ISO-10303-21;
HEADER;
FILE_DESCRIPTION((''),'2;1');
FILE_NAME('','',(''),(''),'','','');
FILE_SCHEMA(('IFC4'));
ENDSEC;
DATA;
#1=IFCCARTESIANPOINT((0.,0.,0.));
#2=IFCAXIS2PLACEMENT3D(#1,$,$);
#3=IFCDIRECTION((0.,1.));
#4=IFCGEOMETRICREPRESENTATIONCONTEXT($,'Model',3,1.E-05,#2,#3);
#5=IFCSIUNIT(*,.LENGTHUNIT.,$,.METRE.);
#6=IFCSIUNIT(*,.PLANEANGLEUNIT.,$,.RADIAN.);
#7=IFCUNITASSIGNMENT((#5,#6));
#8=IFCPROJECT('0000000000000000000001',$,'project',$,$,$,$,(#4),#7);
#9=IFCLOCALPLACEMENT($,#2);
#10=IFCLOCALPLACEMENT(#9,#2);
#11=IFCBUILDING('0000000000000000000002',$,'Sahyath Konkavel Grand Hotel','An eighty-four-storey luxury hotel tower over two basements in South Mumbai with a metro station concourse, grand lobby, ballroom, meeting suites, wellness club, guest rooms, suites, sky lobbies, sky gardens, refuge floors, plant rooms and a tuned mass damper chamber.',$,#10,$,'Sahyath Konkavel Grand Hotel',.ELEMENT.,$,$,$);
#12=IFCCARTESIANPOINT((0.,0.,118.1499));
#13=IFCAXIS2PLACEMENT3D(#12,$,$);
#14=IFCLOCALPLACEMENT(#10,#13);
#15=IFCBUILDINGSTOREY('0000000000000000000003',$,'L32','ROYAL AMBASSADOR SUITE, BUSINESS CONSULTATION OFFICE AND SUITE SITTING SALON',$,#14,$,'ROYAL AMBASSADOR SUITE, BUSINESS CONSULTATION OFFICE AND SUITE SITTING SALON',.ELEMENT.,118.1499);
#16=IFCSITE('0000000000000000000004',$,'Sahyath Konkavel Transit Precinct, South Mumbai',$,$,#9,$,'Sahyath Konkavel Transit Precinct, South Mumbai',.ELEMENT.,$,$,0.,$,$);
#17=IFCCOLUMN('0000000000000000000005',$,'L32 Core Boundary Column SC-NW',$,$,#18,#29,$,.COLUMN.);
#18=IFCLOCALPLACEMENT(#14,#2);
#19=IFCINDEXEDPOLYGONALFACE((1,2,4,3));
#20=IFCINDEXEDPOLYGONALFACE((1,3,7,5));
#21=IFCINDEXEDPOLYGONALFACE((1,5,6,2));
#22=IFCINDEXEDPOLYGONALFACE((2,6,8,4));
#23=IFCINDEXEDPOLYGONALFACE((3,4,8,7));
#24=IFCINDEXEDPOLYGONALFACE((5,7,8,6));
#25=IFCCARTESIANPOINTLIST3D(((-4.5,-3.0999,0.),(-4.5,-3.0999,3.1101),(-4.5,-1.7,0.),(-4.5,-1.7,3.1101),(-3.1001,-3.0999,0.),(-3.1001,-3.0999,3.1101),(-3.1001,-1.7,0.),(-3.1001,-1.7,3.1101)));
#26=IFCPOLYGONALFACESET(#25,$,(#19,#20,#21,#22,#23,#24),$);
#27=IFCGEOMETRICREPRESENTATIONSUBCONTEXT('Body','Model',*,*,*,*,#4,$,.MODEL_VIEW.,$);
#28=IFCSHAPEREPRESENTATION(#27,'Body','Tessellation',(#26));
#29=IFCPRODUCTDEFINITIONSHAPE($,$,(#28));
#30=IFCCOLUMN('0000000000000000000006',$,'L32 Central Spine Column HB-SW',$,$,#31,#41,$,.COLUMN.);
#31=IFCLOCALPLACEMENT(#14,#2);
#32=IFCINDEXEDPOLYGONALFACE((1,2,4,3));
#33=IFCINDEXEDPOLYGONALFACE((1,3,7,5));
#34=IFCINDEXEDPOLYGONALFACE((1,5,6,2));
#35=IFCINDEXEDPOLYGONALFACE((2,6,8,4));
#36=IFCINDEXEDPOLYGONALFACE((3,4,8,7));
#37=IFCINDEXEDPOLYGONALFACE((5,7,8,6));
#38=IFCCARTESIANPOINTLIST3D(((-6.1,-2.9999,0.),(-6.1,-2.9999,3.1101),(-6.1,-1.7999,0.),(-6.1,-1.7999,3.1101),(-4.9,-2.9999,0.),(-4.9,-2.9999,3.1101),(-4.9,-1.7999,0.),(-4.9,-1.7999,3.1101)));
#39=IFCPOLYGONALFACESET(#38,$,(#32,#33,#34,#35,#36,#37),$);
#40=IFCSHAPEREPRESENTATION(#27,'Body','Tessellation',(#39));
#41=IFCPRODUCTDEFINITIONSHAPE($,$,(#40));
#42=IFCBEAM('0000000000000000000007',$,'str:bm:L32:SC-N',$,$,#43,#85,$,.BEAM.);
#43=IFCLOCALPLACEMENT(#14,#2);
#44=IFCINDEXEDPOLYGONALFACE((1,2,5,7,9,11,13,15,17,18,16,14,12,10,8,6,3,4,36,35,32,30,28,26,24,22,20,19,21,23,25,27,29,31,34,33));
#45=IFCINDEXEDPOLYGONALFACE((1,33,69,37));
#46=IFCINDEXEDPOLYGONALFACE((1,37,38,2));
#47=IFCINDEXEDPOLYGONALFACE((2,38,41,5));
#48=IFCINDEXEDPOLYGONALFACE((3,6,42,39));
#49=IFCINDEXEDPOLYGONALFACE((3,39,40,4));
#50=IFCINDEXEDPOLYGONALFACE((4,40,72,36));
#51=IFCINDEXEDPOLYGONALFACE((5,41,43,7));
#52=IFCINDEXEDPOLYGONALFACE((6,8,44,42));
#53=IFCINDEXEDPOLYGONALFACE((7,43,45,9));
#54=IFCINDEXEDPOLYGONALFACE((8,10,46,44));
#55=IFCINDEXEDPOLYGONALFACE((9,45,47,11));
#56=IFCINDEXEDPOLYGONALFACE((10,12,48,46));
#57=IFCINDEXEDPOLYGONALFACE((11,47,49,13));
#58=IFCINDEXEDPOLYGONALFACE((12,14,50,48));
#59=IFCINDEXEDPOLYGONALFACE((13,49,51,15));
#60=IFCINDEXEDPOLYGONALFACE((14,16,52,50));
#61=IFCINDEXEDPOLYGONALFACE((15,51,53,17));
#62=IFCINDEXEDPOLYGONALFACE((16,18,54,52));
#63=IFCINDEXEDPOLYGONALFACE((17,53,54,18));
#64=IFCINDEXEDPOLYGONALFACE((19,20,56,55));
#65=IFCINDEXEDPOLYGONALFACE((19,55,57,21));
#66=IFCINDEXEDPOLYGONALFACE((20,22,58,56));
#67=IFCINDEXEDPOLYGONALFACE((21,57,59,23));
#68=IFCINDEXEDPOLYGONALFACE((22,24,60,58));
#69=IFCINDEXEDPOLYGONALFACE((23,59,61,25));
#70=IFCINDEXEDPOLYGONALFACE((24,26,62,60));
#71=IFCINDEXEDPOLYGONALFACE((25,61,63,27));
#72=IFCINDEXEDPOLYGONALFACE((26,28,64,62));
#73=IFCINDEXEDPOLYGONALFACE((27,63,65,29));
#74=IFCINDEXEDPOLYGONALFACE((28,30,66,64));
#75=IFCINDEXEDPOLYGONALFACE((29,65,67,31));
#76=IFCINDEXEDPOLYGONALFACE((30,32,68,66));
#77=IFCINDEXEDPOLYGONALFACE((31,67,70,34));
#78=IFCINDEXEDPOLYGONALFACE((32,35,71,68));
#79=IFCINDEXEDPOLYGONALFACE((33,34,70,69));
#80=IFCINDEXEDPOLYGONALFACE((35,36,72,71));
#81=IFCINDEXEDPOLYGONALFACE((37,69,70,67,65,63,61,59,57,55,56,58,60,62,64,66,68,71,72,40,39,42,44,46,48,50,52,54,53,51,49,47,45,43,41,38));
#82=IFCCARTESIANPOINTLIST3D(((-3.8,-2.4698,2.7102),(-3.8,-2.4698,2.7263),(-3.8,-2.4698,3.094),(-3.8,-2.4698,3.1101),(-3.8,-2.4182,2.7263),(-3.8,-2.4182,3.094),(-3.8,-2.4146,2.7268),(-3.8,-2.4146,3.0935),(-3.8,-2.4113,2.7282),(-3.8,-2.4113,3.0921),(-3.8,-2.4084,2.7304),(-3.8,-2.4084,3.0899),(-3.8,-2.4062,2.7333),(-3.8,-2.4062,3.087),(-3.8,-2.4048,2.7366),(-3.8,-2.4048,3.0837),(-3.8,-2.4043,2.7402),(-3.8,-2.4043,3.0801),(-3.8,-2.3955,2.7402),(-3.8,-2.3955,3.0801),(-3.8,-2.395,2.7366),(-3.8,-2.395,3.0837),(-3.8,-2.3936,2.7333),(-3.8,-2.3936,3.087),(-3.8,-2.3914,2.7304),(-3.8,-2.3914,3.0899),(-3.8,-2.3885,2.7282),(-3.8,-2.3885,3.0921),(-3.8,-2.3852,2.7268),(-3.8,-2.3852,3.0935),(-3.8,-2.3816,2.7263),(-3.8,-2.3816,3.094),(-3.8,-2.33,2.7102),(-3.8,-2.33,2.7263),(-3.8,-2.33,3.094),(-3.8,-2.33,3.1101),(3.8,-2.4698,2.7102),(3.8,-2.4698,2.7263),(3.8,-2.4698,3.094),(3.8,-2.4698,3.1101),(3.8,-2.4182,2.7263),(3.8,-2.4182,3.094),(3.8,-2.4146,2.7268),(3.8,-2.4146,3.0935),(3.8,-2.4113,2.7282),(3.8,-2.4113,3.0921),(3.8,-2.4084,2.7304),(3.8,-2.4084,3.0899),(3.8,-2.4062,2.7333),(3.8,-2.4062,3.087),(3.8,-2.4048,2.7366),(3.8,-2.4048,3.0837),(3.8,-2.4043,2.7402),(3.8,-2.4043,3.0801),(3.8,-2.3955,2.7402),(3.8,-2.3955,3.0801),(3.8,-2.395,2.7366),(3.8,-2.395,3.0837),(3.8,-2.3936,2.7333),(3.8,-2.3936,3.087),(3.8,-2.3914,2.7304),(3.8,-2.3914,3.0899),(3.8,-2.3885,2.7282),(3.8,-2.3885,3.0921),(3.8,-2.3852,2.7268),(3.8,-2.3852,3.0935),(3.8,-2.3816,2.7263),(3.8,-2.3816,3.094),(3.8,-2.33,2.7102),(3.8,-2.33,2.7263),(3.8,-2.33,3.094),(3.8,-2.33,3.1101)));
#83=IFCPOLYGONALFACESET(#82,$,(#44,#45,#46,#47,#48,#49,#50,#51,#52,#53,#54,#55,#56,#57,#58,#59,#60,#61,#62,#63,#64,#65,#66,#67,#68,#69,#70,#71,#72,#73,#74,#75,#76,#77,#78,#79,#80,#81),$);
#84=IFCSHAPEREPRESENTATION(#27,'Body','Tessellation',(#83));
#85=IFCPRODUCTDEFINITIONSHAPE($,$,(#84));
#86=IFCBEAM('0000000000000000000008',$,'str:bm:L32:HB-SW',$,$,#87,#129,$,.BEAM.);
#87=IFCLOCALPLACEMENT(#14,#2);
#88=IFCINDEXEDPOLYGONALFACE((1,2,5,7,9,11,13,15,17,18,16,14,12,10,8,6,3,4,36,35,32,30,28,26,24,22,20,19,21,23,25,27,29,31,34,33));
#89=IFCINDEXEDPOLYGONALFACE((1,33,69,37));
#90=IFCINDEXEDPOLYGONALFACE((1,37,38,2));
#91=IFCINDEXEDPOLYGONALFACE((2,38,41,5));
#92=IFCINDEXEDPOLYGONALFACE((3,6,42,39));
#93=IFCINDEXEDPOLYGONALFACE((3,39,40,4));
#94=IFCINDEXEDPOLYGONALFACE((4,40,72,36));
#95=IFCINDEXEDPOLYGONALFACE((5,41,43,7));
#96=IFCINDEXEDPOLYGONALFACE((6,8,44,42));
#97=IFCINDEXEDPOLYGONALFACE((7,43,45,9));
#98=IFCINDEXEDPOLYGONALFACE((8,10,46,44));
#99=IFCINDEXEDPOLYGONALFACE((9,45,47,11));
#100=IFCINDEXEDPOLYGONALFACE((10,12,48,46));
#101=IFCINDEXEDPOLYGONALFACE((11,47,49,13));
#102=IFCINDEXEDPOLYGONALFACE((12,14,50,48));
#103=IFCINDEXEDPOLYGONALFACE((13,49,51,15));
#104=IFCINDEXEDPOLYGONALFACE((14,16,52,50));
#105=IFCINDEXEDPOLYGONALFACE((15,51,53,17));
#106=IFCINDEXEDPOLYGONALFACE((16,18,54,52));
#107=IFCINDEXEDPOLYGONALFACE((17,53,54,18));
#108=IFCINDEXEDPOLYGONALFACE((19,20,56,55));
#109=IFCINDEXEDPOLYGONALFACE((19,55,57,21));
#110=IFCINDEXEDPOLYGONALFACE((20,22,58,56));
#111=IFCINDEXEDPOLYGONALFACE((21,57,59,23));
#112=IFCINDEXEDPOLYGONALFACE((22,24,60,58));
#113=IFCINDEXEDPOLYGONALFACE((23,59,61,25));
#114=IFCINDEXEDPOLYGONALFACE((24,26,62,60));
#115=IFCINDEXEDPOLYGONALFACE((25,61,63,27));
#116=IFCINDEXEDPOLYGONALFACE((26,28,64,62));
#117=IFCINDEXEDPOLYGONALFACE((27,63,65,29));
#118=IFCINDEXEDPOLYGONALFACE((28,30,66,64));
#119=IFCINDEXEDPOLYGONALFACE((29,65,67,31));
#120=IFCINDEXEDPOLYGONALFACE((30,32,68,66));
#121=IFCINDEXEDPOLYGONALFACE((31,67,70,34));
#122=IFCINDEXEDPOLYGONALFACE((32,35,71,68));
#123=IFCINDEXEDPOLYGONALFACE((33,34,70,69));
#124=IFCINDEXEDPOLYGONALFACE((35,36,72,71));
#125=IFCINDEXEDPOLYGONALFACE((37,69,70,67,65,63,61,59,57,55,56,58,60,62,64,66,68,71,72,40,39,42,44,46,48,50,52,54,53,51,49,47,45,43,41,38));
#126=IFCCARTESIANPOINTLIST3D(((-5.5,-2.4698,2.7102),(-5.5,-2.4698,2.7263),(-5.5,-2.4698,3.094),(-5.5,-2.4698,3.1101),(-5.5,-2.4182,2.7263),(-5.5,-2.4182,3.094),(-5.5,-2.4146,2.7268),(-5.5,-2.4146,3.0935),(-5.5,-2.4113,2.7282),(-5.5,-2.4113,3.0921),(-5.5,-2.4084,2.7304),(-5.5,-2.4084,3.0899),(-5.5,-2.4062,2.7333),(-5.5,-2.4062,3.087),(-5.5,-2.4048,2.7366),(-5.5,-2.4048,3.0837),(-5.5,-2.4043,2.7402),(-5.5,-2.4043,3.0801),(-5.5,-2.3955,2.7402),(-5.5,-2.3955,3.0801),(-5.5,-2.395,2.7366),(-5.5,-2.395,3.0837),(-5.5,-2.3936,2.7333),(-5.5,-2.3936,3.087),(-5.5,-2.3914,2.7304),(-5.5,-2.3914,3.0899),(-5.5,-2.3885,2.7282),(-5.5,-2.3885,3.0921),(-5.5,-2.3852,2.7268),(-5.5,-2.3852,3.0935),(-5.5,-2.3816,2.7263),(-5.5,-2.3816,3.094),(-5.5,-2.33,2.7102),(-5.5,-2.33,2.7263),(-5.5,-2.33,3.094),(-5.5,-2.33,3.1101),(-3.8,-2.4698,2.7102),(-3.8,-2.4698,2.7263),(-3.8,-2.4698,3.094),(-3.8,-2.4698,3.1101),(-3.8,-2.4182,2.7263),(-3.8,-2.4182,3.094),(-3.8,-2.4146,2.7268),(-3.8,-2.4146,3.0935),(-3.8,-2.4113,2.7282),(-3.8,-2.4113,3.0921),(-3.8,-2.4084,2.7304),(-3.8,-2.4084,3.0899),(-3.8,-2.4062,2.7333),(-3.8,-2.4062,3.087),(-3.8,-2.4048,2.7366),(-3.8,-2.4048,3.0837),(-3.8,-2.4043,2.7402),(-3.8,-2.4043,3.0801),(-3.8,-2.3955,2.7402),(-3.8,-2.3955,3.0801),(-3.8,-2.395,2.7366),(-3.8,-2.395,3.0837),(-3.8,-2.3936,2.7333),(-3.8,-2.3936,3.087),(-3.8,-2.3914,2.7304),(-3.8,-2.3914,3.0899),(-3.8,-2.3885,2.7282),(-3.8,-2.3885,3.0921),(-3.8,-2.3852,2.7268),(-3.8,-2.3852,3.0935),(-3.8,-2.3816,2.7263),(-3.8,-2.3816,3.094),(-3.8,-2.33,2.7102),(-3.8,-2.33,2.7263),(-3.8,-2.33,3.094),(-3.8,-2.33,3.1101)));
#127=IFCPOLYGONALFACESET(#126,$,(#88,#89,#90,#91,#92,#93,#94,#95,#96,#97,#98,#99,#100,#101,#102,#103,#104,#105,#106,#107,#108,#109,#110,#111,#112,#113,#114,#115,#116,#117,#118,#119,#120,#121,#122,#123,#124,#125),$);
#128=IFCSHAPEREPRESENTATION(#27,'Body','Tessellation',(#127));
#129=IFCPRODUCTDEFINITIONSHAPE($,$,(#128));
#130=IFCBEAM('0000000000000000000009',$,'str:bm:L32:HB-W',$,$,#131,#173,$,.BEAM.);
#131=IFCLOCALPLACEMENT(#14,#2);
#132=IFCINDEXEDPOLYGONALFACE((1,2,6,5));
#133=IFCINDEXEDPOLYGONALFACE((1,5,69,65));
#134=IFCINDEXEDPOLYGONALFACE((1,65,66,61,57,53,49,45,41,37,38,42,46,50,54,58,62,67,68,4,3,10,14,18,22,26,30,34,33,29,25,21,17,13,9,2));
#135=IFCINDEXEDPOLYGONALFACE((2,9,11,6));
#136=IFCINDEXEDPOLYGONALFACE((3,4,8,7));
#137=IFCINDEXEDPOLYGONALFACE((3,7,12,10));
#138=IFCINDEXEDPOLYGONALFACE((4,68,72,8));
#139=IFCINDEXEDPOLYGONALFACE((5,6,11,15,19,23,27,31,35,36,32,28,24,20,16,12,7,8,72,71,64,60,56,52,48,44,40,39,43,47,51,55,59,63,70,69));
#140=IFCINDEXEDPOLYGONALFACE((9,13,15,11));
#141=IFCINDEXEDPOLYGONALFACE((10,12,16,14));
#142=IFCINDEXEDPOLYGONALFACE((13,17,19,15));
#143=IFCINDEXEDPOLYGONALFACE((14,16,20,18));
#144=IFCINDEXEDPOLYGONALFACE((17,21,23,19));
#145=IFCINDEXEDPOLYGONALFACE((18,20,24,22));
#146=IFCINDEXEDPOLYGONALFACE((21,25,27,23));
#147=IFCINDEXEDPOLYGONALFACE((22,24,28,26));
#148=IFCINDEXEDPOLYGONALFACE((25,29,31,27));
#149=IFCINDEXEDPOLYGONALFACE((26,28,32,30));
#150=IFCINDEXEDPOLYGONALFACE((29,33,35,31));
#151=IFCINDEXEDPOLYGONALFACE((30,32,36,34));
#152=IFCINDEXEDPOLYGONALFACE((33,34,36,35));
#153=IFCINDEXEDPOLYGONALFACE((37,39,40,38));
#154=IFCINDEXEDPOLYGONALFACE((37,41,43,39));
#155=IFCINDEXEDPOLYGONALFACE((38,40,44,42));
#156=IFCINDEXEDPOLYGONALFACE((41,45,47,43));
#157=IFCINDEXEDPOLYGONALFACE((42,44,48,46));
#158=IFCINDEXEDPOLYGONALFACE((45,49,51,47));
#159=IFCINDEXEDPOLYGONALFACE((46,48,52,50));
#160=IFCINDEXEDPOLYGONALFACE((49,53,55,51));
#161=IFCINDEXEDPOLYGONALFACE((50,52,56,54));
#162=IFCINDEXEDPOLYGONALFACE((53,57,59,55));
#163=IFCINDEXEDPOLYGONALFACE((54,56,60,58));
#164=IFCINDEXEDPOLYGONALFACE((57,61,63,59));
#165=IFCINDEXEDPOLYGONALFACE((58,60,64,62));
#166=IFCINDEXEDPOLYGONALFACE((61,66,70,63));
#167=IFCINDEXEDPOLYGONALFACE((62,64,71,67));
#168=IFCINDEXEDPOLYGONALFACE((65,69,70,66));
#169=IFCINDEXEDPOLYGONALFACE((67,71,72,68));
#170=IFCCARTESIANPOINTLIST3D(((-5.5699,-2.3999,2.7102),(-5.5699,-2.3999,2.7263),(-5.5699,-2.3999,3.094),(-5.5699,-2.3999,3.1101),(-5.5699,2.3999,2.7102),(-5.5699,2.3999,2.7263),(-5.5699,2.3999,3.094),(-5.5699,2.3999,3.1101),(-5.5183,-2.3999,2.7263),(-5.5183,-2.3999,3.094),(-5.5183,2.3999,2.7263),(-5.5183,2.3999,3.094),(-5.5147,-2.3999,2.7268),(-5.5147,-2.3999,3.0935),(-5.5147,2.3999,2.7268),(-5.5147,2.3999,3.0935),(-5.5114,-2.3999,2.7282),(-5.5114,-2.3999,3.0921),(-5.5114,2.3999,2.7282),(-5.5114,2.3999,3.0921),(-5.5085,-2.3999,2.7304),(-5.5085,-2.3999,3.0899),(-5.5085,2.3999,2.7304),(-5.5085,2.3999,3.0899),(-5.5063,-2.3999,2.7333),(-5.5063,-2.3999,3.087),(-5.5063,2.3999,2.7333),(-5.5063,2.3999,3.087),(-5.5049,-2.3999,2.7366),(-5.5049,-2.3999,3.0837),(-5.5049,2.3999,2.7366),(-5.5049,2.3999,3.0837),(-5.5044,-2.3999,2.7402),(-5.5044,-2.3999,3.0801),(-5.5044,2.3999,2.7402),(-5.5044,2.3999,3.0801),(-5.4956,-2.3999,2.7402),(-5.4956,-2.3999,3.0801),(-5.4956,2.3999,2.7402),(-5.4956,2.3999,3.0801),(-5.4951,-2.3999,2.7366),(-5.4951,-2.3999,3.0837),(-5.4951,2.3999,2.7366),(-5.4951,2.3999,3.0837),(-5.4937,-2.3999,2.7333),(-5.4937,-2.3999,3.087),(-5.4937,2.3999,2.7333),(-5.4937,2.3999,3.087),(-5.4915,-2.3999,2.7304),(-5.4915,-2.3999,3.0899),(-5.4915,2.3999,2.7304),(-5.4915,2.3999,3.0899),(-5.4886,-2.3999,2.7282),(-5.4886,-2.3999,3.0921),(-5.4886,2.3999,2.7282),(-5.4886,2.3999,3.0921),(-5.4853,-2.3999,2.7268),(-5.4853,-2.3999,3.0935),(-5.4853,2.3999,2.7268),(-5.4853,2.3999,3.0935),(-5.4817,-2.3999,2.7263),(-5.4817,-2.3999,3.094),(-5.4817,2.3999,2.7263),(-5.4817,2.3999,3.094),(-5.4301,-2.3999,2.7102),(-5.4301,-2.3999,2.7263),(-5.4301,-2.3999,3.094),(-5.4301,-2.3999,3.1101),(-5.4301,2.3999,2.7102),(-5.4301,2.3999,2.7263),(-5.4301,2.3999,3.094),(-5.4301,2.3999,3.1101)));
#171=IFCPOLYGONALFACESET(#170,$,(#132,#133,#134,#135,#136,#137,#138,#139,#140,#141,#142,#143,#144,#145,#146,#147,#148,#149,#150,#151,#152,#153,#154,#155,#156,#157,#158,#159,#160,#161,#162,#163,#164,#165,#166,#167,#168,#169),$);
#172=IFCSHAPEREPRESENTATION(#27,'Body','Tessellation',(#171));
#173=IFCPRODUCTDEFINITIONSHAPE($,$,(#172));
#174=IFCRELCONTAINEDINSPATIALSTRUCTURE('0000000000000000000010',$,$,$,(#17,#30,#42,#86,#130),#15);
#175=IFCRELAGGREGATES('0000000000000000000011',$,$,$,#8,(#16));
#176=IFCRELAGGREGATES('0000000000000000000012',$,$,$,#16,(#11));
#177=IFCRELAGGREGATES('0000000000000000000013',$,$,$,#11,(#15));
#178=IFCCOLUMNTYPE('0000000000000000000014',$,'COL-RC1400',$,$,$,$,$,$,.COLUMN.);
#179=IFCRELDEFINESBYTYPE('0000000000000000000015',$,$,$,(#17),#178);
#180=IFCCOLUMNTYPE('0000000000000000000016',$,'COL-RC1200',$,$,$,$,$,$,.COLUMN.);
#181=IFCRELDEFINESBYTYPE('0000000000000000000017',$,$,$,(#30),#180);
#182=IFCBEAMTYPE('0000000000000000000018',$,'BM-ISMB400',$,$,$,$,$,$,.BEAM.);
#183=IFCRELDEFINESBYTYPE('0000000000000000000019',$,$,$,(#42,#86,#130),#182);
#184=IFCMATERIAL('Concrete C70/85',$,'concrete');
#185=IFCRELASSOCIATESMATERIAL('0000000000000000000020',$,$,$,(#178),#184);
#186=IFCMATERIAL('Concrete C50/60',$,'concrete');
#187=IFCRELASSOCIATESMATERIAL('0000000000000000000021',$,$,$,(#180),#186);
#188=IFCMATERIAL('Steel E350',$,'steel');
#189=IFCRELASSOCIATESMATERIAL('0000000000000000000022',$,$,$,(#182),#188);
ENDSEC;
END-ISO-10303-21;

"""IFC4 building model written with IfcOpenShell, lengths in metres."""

from ifc_helpers import new_model, si_unit, direction, frame, origin, origin_2d, place, context, subcontext, project, spatial, rectangle, i_section, extrude, source, transform, mapped, material, material_profile, profile_set, type_object, element, save


model = new_model("IFC4")

# Units and contexts
model_context = context("Model", 3, precision=1e-05, world=origin(), true_north=direction((0.0, 1.0)))
body_context = subcontext(model_context, "Body", "Model", "MODEL_VIEW")
ifc_project = project(units=[si_unit("LENGTHUNIT", "METRE"), si_unit("PLANEANGLEUNIT", "RADIAN")], contexts=[model_context])

# Site, building, storey
site_placement = place(None, origin())
site = spatial("IfcSite", under=ifc_project, at=site_placement, Name="Sahyath Konkavel Transit Precinct, South Mumbai", LongName="Sahyath Konkavel Transit Precinct, South Mumbai", CompositionType="ELEMENT", RefElevation=0.0)
building_placement = place(site_placement, origin())
building = spatial("IfcBuilding", under=site, at=building_placement, Name="Sahyath Konkavel Grand Hotel", Description="An eighty-four-storey luxury hotel tower over two basements in South Mumbai with a metro station concourse, grand lobby, ballroom, meeting suites, wellness club, guest rooms, suites, sky lobbies, sky gardens, refuge floors, plant rooms and a tuned mass damper chamber.", LongName="Sahyath Konkavel Grand Hotel", CompositionType="ELEMENT")
storey_placement = place(building_placement, frame((0.0, 0.0, 118.1499)))
storey = spatial("IfcBuildingStorey", under=building, at=storey_placement, Name="L32", Description="ROYAL AMBASSADOR SUITE, BUSINESS CONSULTATION OFFICE AND SUITE SITTING SALON", LongName="ROYAL AMBASSADOR SUITE, BUSINESS CONSULTATION OFFICE AND SUITE SITTING SALON", CompositionType="ELEMENT", Elevation=118.1499)

# Columns
ifc_material_1 = material(Name="Concrete C70/85", Category="concrete")
ifc_material_profile_1 = material_profile(ifc_material_1, rectangle(XDim=1.3999, YDim=1.3999, at=origin_2d()), Name="RC 1400x1400")
ifc_profile_set_1 = profile_set([ifc_material_profile_1], Name="Concrete C70/85")
column_type_1 = type_object("IfcColumnType", Name="COL-RC1400", PredefinedType="COLUMN", material=ifc_profile_set_1)
shared_shape_1 = source(origin(), body_context, "Body", "SweptSolid", [
    extrude(rectangle(XDim=1.3999, YDim=1.3999, at=origin_2d()), origin(), (0.0, 0.0, 1.0), 3.1101),
])
column_1_placement = place(storey_placement, frame((-3.8, -2.3999, 0.0), z_axis=(0.0, 0.0, 1.0), x_axis=(1.0, 0.0, 0.0)))
element("IfcColumn", 1, at=column_1_placement, inside=storey, type_object=column_type_1, Name="L32 Core Boundary Column SC-NW", PredefinedType="COLUMN", context=body_context, shape_type="MappedRepresentation", body=[
    mapped(shared_shape_1, transform((0.0, 0.0, 0.0), scale=1.0)),
])
ifc_material_2 = material(Name="Concrete C50/60", Category="concrete")
ifc_material_profile_2 = material_profile(ifc_material_2, rectangle(XDim=1.2, YDim=1.2, at=origin_2d()), Name="RC 1200x1200")
ifc_profile_set_2 = profile_set([ifc_material_profile_2], Name="Concrete C50/60")
column_type_2 = type_object("IfcColumnType", Name="COL-RC1200", PredefinedType="COLUMN", material=ifc_profile_set_2)
shared_shape_2 = source(origin(), body_context, "Body", "SweptSolid", [
    extrude(rectangle(XDim=1.2, YDim=1.2, at=origin_2d()), origin(), (0.0, 0.0, 1.0), 3.1101),
])
column_2_placement = place(storey_placement, frame((-5.5, -2.3999, 0.0), z_axis=(0.0, 0.0, 1.0), x_axis=(1.0, 0.0, 0.0)))
element("IfcColumn", 2, at=column_2_placement, inside=storey, type_object=column_type_2, Name="L32 Central Spine Column HB-SW", PredefinedType="COLUMN", context=body_context, shape_type="MappedRepresentation", body=[
    mapped(shared_shape_2, transform((0.0, 0.0, 0.0), scale=1.0)),
])

# Beams
ifc_material_3 = material(Name="Steel E350", Category="steel")
ifc_material_profile_3 = material_profile(ifc_material_3, i_section(OverallWidth=0.1399, OverallDepth=0.3999, WebThickness=0.0088, FlangeThickness=0.0161, FilletRadius=0.0139, at=origin_2d()), Name="ISMB 400")
ifc_profile_set_3 = profile_set([ifc_material_profile_3], Name="Steel E350")
beam_type_1 = type_object("IfcBeamType", Name="BM-ISMB400", PredefinedType="BEAM", material=ifc_profile_set_3)
shared_shape_3 = source(origin(), body_context, "Body", "SweptSolid", [
    extrude(i_section(OverallWidth=0.1399, OverallDepth=0.3999, WebThickness=0.0088, FlangeThickness=0.0161, FilletRadius=0.0139, at=origin_2d()), origin(), (0.0, 0.0, 1.0), 7.6001),
])
beam_1_placement = place(storey_placement, frame((-3.8, -2.3999, 2.9102), z_axis=(1.0, 0.0, 0.0), x_axis=(0.0, 1.0, 0.0)))
element("IfcBeam", 3, at=beam_1_placement, inside=storey, type_object=beam_type_1, Name="str:bm:L32:SC-N", PredefinedType="BEAM", context=body_context, shape_type="MappedRepresentation", body=[
    mapped(shared_shape_3, transform((0.0, 0.0, 0.0), scale=1.0)),
])
shared_shape_4 = source(origin(), body_context, "Body", "SweptSolid", [
    extrude(i_section(OverallWidth=0.1399, OverallDepth=0.3999, WebThickness=0.0088, FlangeThickness=0.0161, FilletRadius=0.0139, at=origin_2d()), origin(), (0.0, 0.0, 1.0), 1.7),
])
beam_2_placement = place(storey_placement, frame((-5.5, -2.3999, 2.9102), z_axis=(1.0, 0.0, 0.0), x_axis=(0.0, 1.0, 0.0)))
element("IfcBeam", 4, at=beam_2_placement, inside=storey, type_object=beam_type_1, Name="str:bm:L32:HB-SW", PredefinedType="BEAM", context=body_context, shape_type="MappedRepresentation", body=[
    mapped(shared_shape_4, transform((0.0, 0.0, 0.0), scale=1.0)),
])
shared_shape_5 = source(origin(), body_context, "Body", "SweptSolid", [
    extrude(i_section(OverallWidth=0.1399, OverallDepth=0.3999, WebThickness=0.0088, FlangeThickness=0.0161, FilletRadius=0.0139, at=origin_2d()), origin(), (0.0, 0.0, 1.0), 4.7998),
])
beam_3_placement = place(storey_placement, frame((-5.5, -2.3999, 2.9102), z_axis=(0.0, 1.0, 0.0), x_axis=(-1.0, 0.0, 0.0)))
element("IfcBeam", 5, at=beam_3_placement, inside=storey, type_object=beam_type_1, Name="str:bm:L32:HB-W", PredefinedType="BEAM", context=body_context, shape_type="MappedRepresentation", body=[
    mapped(shared_shape_5, transform((0.0, 0.0, 0.0), scale=1.0)),
])

save(model, "model.ifc")
